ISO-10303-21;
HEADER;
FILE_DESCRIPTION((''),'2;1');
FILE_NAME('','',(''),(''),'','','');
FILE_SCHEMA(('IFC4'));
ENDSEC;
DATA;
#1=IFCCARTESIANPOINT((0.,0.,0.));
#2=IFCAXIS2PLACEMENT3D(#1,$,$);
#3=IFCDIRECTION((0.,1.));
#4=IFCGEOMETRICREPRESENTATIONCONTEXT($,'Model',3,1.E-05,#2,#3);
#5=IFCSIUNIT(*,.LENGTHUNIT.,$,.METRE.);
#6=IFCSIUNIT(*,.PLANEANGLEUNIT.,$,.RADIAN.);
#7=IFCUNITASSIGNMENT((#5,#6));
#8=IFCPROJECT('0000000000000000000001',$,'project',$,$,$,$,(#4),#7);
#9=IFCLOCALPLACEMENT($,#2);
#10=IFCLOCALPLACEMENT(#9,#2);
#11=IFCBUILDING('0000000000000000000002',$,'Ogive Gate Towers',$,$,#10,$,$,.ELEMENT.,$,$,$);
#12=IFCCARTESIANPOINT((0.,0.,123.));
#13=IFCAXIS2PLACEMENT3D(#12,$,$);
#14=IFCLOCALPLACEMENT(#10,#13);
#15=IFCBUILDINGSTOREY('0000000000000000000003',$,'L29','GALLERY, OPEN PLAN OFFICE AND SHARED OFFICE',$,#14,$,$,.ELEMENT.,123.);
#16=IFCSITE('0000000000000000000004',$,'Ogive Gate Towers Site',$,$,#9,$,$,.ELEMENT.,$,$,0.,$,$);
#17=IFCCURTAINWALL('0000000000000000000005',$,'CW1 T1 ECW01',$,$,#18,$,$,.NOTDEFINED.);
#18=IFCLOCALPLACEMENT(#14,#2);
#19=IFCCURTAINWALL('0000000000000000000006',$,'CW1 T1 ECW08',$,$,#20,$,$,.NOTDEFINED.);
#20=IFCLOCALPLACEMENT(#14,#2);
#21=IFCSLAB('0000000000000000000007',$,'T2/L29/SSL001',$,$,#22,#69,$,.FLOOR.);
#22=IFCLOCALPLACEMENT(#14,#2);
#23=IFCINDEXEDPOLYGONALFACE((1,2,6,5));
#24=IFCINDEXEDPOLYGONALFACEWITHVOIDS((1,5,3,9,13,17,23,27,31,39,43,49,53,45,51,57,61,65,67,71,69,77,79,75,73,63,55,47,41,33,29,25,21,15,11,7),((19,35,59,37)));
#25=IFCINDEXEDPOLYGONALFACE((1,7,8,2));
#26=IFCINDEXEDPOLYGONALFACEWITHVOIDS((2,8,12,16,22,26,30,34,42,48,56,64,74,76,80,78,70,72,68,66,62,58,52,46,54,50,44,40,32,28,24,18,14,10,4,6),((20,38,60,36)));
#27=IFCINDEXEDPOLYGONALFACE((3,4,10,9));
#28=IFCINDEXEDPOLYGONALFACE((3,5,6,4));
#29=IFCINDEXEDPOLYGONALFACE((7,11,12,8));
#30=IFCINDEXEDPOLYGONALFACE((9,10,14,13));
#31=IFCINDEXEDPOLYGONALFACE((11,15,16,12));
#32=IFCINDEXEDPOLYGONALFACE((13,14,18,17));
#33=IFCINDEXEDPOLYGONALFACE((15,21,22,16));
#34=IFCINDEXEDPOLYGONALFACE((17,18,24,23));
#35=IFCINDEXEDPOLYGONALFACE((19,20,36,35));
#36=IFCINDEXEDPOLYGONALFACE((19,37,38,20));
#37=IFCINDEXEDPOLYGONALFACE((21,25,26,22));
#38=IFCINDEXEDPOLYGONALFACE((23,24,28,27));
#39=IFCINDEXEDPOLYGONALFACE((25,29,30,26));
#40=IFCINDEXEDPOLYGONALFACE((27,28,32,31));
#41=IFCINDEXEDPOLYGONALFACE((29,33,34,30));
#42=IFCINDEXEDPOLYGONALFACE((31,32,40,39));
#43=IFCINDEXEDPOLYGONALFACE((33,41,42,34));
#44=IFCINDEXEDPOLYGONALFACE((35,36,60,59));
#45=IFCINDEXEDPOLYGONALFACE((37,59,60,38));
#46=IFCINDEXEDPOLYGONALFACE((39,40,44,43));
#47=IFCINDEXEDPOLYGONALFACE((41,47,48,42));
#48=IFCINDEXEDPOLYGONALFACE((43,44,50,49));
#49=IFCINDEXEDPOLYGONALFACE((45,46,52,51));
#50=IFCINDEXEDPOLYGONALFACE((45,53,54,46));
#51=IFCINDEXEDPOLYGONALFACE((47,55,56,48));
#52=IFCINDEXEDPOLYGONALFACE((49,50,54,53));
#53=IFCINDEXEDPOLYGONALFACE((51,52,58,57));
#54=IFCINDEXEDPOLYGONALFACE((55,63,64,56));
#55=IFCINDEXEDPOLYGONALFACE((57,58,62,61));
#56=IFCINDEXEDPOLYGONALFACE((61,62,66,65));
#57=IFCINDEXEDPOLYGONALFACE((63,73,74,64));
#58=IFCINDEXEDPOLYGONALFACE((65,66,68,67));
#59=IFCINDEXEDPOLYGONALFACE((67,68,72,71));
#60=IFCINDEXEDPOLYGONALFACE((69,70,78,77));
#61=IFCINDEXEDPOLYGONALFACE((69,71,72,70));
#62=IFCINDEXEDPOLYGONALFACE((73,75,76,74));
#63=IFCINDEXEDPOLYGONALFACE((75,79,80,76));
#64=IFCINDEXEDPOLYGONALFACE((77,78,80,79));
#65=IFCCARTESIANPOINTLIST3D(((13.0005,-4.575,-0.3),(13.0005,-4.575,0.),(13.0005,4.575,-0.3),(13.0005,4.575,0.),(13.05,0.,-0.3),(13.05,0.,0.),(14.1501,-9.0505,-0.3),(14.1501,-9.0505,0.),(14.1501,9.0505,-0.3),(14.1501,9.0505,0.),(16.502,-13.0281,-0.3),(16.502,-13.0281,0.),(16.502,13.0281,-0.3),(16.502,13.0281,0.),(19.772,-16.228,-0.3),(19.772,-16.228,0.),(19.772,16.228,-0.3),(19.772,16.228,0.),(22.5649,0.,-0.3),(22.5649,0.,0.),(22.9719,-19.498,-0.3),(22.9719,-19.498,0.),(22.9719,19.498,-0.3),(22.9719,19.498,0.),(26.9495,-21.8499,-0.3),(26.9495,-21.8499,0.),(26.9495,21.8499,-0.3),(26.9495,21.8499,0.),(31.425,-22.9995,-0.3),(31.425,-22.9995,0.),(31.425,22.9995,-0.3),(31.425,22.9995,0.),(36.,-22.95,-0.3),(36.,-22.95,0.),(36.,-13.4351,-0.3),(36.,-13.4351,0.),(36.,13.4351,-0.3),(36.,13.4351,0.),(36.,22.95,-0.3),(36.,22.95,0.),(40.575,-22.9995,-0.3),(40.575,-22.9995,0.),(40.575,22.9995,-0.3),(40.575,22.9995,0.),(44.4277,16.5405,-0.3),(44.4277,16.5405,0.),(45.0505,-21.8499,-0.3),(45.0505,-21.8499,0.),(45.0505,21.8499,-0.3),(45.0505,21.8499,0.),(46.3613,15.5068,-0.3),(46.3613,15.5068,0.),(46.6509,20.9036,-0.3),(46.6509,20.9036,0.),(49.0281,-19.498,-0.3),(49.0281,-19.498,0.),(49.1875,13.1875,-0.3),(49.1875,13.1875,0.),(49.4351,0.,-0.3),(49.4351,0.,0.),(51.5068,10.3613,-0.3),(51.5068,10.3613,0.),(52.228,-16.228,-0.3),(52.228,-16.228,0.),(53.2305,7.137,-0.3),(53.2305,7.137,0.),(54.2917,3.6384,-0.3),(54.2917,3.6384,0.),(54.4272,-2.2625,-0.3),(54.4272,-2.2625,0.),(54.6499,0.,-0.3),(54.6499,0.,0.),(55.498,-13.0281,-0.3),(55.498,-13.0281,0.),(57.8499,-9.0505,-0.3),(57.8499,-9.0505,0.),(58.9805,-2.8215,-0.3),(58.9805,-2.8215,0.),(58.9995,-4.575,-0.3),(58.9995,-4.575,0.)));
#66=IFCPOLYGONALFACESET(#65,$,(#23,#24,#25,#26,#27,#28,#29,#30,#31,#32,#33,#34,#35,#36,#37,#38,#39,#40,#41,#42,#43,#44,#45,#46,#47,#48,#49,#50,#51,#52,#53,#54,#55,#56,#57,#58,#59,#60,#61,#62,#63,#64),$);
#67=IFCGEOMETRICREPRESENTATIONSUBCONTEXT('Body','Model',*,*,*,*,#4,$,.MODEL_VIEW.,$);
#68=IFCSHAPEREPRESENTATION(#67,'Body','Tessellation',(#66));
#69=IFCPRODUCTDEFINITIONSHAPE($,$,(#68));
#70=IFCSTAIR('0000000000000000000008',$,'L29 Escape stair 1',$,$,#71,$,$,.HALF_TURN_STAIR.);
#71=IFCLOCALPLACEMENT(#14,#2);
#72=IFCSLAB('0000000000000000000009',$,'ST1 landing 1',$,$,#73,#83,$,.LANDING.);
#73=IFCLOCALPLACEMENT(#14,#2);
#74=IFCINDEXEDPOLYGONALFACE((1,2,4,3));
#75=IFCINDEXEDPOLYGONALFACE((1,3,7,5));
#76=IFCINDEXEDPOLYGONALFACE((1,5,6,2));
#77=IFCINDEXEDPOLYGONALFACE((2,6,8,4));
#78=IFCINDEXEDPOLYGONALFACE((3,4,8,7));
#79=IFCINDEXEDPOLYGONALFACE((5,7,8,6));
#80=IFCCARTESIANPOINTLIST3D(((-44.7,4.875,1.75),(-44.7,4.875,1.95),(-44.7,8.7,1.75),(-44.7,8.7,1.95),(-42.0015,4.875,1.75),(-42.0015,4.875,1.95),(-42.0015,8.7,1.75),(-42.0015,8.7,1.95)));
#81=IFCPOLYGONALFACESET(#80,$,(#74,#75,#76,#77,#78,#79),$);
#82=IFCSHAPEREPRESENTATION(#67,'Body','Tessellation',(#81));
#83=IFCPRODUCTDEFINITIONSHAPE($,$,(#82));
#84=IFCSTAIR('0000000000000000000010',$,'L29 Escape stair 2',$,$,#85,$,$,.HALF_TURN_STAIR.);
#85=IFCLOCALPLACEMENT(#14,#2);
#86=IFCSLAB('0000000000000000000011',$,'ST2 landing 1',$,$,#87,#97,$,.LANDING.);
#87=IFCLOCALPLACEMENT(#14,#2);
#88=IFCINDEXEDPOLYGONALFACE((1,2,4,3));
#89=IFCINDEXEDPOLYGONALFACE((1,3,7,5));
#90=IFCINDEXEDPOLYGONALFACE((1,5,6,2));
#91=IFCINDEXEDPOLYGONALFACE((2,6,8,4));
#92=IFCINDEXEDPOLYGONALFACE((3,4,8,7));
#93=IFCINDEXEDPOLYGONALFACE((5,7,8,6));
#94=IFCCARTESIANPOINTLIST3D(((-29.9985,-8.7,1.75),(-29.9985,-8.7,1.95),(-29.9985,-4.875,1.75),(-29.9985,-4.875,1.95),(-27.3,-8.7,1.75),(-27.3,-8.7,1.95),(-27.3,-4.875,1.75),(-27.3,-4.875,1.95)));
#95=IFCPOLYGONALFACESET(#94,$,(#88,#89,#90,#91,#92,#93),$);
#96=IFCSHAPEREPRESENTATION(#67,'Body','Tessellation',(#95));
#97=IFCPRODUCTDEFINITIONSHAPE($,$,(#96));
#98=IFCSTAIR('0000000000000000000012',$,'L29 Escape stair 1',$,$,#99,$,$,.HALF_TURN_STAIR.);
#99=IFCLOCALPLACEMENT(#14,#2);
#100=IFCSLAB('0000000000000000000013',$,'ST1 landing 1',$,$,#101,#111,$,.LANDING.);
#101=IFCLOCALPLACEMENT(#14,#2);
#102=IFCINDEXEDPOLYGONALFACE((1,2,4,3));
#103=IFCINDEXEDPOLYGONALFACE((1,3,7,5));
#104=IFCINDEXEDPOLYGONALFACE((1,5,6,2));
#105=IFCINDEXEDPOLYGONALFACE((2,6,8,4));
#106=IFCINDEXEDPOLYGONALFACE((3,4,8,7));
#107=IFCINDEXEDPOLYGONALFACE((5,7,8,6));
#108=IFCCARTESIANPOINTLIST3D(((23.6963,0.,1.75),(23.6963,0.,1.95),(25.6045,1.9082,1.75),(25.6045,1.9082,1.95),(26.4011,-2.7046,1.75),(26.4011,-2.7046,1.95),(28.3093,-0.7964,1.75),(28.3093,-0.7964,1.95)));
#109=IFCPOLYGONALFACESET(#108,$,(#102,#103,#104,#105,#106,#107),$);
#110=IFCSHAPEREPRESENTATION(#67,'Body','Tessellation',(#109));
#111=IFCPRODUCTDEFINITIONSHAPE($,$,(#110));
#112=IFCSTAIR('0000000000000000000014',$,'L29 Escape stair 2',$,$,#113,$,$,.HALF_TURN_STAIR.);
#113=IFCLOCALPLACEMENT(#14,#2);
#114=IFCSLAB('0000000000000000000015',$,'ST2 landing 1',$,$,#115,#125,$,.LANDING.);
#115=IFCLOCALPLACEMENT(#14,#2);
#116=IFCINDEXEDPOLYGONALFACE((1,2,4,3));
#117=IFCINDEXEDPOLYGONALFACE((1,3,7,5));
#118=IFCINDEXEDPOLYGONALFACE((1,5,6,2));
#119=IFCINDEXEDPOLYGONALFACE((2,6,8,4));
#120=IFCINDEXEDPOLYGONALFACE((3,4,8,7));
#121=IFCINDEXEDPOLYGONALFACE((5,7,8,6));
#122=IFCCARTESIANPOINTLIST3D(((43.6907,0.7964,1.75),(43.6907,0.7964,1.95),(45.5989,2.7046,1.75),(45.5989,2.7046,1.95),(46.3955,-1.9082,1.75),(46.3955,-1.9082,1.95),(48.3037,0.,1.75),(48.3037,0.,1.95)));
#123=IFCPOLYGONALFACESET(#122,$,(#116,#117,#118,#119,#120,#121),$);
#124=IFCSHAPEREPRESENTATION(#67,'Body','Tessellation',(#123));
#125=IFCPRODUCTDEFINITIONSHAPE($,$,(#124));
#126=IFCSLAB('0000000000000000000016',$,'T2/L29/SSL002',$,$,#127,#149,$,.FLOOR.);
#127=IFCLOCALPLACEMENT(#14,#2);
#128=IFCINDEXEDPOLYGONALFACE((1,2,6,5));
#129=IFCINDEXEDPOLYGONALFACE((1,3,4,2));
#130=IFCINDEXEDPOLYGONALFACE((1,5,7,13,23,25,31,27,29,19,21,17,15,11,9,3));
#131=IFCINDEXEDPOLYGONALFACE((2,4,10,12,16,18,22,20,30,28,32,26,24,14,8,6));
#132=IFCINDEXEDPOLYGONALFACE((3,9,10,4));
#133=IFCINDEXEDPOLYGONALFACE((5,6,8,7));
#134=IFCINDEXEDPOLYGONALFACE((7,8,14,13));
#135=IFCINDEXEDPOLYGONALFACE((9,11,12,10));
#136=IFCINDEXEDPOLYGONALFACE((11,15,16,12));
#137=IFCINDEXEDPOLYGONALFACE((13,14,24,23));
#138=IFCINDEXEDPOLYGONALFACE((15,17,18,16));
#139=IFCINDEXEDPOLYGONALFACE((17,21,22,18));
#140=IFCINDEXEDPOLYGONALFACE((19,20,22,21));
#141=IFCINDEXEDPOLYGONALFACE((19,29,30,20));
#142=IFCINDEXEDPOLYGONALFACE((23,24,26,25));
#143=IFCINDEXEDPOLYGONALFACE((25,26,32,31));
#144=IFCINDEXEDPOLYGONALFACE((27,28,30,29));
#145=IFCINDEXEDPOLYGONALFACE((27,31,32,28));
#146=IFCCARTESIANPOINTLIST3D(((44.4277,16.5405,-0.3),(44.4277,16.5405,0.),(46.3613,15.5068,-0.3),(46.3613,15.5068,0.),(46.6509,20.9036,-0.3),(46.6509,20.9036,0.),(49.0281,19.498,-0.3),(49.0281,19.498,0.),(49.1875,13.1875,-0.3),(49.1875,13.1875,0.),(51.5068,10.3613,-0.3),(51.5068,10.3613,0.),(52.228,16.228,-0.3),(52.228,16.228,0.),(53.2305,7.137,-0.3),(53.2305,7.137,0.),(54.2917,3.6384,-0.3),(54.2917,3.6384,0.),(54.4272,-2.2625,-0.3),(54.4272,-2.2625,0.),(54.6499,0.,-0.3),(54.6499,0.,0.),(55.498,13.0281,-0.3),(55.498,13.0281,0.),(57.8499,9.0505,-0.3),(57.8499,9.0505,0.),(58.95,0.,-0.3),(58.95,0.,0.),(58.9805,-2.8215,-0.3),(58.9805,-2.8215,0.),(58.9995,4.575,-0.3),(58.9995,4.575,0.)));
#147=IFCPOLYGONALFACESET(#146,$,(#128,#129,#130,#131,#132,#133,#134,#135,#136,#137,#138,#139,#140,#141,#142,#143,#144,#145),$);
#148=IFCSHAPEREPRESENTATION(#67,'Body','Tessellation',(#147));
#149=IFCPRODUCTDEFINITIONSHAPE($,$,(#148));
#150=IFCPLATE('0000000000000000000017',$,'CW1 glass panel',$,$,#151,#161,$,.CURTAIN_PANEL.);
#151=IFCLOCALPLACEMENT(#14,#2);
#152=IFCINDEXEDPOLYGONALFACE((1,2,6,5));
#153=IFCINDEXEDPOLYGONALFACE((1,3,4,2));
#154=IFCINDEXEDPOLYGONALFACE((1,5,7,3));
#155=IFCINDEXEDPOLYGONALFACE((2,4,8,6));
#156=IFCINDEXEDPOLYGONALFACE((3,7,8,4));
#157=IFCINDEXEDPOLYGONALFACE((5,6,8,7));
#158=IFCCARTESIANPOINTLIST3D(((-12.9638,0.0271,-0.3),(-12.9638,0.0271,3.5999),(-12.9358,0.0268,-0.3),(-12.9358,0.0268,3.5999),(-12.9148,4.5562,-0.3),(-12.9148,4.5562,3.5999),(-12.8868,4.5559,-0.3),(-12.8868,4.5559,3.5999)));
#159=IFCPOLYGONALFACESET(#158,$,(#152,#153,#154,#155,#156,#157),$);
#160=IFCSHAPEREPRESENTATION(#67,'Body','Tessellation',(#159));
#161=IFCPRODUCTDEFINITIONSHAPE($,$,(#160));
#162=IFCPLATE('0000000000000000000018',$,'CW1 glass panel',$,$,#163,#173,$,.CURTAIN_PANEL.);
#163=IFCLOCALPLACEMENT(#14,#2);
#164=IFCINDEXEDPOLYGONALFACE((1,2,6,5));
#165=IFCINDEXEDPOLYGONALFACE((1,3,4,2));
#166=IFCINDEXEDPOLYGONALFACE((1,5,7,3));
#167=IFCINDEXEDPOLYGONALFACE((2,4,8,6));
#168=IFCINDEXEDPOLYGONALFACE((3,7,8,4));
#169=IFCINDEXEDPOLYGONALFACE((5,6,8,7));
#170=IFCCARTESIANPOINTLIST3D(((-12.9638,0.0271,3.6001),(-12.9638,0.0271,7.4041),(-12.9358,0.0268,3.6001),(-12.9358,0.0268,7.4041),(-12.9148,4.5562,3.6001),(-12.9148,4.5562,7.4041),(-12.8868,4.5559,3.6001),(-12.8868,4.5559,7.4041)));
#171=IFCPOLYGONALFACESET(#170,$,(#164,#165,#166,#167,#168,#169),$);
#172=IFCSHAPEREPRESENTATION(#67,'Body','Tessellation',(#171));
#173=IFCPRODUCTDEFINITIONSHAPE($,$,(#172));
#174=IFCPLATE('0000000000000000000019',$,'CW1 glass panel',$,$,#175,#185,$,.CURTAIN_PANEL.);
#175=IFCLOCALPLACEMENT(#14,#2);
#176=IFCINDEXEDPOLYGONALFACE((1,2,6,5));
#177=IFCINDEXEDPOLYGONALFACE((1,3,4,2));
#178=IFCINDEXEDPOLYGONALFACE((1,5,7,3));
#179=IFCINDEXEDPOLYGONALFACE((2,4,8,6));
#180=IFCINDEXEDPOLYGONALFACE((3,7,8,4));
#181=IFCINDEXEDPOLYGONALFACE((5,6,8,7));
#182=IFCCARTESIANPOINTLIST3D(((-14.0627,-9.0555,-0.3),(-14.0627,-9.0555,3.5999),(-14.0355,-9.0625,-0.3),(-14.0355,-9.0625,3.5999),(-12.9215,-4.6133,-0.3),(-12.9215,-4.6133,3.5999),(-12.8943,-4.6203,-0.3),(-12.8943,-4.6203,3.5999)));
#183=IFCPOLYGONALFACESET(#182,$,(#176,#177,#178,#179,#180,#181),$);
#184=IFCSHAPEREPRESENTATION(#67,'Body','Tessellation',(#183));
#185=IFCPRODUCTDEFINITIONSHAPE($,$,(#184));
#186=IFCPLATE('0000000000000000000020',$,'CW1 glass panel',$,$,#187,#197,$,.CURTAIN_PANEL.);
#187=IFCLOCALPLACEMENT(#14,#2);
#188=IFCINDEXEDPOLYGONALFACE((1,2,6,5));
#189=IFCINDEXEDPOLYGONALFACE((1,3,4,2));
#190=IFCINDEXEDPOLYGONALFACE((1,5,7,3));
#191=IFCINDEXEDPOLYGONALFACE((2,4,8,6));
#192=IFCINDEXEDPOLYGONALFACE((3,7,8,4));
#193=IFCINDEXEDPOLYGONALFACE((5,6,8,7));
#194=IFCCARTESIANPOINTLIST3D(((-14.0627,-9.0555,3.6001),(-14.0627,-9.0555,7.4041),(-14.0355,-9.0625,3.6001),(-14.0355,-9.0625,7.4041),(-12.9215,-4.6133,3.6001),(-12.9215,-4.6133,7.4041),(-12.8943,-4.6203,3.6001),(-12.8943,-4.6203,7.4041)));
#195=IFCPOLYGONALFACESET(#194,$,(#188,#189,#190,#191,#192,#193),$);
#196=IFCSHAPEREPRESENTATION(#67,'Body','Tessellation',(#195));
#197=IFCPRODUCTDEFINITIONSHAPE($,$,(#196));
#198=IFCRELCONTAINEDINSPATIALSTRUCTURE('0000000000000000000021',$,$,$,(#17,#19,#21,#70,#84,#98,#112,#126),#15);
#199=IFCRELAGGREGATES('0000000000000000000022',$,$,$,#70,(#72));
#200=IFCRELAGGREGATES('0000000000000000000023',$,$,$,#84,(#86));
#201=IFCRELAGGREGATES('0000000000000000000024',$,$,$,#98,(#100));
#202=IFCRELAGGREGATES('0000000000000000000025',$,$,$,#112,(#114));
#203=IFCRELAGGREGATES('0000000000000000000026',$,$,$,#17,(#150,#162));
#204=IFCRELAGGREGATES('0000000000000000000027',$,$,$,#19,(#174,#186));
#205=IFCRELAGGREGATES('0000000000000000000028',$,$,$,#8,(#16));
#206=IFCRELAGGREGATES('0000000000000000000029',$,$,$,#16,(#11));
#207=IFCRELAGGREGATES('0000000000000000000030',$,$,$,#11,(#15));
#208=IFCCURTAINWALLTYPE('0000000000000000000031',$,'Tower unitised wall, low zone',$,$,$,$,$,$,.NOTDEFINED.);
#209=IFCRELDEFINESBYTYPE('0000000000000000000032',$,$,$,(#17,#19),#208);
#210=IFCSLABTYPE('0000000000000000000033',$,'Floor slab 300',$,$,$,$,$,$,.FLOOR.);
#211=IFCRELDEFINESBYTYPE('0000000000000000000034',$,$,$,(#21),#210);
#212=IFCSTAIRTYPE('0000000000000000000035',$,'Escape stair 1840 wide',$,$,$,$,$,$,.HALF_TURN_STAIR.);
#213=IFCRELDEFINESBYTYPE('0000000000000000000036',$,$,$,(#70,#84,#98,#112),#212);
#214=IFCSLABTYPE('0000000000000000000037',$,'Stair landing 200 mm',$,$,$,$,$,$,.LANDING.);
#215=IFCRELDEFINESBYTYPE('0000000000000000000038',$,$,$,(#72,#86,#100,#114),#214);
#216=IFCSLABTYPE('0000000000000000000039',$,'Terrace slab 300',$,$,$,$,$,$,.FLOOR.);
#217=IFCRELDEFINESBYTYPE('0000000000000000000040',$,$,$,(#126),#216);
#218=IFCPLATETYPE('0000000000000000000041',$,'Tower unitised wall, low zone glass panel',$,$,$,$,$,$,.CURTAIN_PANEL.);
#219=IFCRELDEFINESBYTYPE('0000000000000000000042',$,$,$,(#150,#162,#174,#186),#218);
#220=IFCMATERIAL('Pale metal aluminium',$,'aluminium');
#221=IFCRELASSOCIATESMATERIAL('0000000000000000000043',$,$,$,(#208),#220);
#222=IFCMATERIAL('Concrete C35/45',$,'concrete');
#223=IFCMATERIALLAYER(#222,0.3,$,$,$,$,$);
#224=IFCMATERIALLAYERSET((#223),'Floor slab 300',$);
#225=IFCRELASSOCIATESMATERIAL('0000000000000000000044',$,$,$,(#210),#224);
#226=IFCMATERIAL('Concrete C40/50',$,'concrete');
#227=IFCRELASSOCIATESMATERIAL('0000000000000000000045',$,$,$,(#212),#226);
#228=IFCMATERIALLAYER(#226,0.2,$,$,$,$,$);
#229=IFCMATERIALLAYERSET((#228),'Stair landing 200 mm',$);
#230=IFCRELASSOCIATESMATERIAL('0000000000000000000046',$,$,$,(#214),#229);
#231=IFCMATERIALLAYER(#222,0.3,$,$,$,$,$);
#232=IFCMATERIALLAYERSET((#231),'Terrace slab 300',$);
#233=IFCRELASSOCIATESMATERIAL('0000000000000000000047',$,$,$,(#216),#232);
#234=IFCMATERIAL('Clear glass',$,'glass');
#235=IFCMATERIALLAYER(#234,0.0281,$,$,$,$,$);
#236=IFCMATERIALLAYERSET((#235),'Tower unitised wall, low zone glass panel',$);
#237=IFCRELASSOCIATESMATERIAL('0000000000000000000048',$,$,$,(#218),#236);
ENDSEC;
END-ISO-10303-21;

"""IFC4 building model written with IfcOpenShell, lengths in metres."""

from ifc_helpers import new_model, si_unit, direction, frame, origin, origin_2d, place, context, subcontext, project, spatial, polyline, rectangle, outline, extrude, material, layer, layer_set, type_object, element, aggregate, save


model = new_model("IFC4")

# Units and contexts
model_context = context("Model", 3, precision=1e-05, world=origin(), true_north=direction((0.0, 1.0)))
body_context = subcontext(model_context, "Body", "Model", "MODEL_VIEW")
ifc_project = project(units=[si_unit("LENGTHUNIT", "METRE"), si_unit("PLANEANGLEUNIT", "RADIAN")], contexts=[model_context])

# Site, building, storey
site_placement = place(None, origin())
site = spatial("IfcSite", under=ifc_project, at=site_placement, Name="Ogive Gate Towers Site", CompositionType="ELEMENT", RefElevation=0.0)
building_placement = place(site_placement, origin())
building = spatial("IfcBuilding", under=site, at=building_placement, Name="Ogive Gate Towers", CompositionType="ELEMENT")
storey_placement = place(building_placement, frame((0.0, 0.0, 123.0)))
storey = spatial("IfcBuildingStorey", under=building, at=storey_placement, Name="L29", Description="GALLERY, OPEN PLAN OFFICE AND SHARED OFFICE", CompositionType="ELEMENT", Elevation=123.0)

# Curtain wall
ifc_material_1 = material(Name="Pale metal aluminium", Category="aluminium")
curtain_wall_type = type_object("IfcCurtainWallType", Name="Tower unitised wall, low zone", PredefinedType="NOTDEFINED", material=ifc_material_1)
curtain_wall_1_placement = place(storey_placement, origin())
curtain_wall_1 = element("IfcCurtainWall", 1, at=curtain_wall_1_placement, inside=storey, type_object=curtain_wall_type, Name="CW1 T1 ECW01", PredefinedType="NOTDEFINED")

# Curtain wall
curtain_wall_2_placement = place(storey_placement, origin())
curtain_wall_2 = element("IfcCurtainWall", 2, at=curtain_wall_2_placement, inside=storey, type_object=curtain_wall_type, Name="CW1 T1 ECW08", PredefinedType="NOTDEFINED")

# Slab
ifc_material_2 = material(Name="Concrete C40/50", Category="concrete")
ifc_material_3 = material(Name="Concrete C35/45", Category="concrete")
ifc_layer_1 = layer(ifc_material_3, 0.3)
ifc_layer_set_1 = layer_set([ifc_layer_1], Name="Floor slab 300")
slab_type_1 = type_object("IfcSlabType", Name="Floor slab 300", PredefinedType="FLOOR", material=ifc_layer_set_1)
slab_1_placement = place(storey_placement, frame((0.0, 0.0, -0.3)))
element("IfcSlab", 3, at=slab_1_placement, inside=storey, type_object=slab_type_1, Name="T2/L29/SSL001", PredefinedType="FLOOR", context=body_context, shape_type="SweptSolid", body=[
    extrude(outline(polyline([(57.8499, -9.0505), (58.9995, -4.575), (58.9805, -2.8215), (54.4272, -2.2625), (54.6499, 0.0), (54.2917, 3.6384), (53.2305, 7.137), (51.5068, 10.3613), (49.1875, 13.1875), (46.3613, 15.5068), (44.4277, 16.5405), (46.6509, 20.9036), (45.0505, 21.8499), (40.575, 22.9995), (36.0, 22.95), (31.425, 22.9995), (26.9495, 21.8499), (22.9719, 19.498), (19.772, 16.228), (16.502, 13.0281), (14.1501, 9.0505), (13.0005, 4.575), (13.05, 0.0), (13.0005, -4.575), (14.1501, -9.0505), (16.502, -13.0281), (19.772, -16.228), (22.9719, -19.498), (26.9495, -21.8499), (31.425, -22.9995), (36.0, -22.95), (40.575, -22.9995), (45.0505, -21.8499), (49.0281, -19.498), (52.228, -16.228), (55.498, -13.0281), (57.8499, -9.0505)]), holes=[polyline([(49.4351, 0.0), (36.0, -13.4351), (22.5649, 0.0), (36.0, 13.4351), (49.4351, 0.0)])]), origin(), (0.0, 0.0, 1.0), 0.3),
])

# Stairs, slabs
stair_type = type_object("IfcStairType", Name="Escape stair 1840 wide", PredefinedType="HALF_TURN_STAIR", material=ifc_material_2)
stair_1_placement = place(storey_placement, origin())
stair_1 = element("IfcStair", 4, at=stair_1_placement, inside=storey, type_object=stair_type, Name="L29 Escape stair 1", PredefinedType="HALF_TURN_STAIR")
ifc_layer_2 = layer(ifc_material_2, 0.2)
ifc_layer_set_2 = layer_set([ifc_layer_2], Name="Stair landing 200 mm")
slab_type_2 = type_object("IfcSlabType", Name="Stair landing 200 mm", PredefinedType="LANDING", material=ifc_layer_set_2)
slab_2_placement = place(storey_placement, frame((0.0, 0.0, 1.75)))
slab_2 = element("IfcSlab", 5, at=slab_2_placement, type_object=slab_type_2, Name="ST1 landing 1", PredefinedType="LANDING", context=body_context, shape_type="SweptSolid", body=[
    extrude(outline(polyline([(-42.0015, 8.7), (-44.7, 8.7), (-44.7, 4.875), (-42.0015, 4.875), (-42.0015, 8.7)])), origin(), (0.0, 0.0, 1.0), 0.2),
])
aggregate(stair_1, [slab_2])
stair_2_placement = place(storey_placement, origin())
stair_2 = element("IfcStair", 6, at=stair_2_placement, inside=storey, type_object=stair_type, Name="L29 Escape stair 2", PredefinedType="HALF_TURN_STAIR")
slab_3_placement = place(storey_placement, frame((0.0, 0.0, 1.75)))
slab_3 = element("IfcSlab", 7, at=slab_3_placement, type_object=slab_type_2, Name="ST2 landing 1", PredefinedType="LANDING", context=body_context, shape_type="SweptSolid", body=[
    extrude(outline(polyline([(-29.9985, -8.7), (-27.3, -8.7), (-27.3, -4.875), (-29.9985, -4.875), (-29.9985, -8.7)])), origin(), (0.0, 0.0, 1.0), 0.2),
])
aggregate(stair_2, [slab_3])
stair_3_placement = place(storey_placement, origin())
stair_3 = element("IfcStair", 8, at=stair_3_placement, inside=storey, type_object=stair_type, Name="L29 Escape stair 1", PredefinedType="HALF_TURN_STAIR")
slab_4_placement = place(storey_placement, frame((0.0, 0.0, 1.75)))
slab_4 = element("IfcSlab", 9, at=slab_4_placement, type_object=slab_type_2, Name="ST1 landing 1", PredefinedType="LANDING", context=body_context, shape_type="SweptSolid", body=[
    extrude(outline(polyline([(25.6045, 1.9082), (23.6963, 0.0), (26.4011, -2.7046), (28.3093, -0.7964), (25.6045, 1.9082)])), origin(), (0.0, 0.0, 1.0), 0.2),
])
aggregate(stair_3, [slab_4])
stair_4_placement = place(storey_placement, origin())
stair_4 = element("IfcStair", 10, at=stair_4_placement, inside=storey, type_object=stair_type, Name="L29 Escape stair 2", PredefinedType="HALF_TURN_STAIR")
slab_5_placement = place(storey_placement, frame((0.0, 0.0, 1.75)))
slab_5 = element("IfcSlab", 11, at=slab_5_placement, type_object=slab_type_2, Name="ST2 landing 1", PredefinedType="LANDING", context=body_context, shape_type="SweptSolid", body=[
    extrude(outline(polyline([(46.3955, -1.9082), (48.3037, 0.0), (45.5989, 2.7046), (43.6907, 0.7964), (46.3955, -1.9082)])), origin(), (0.0, 0.0, 1.0), 0.2),
])
aggregate(stair_4, [slab_5])

# Slab
ifc_layer_3 = layer(ifc_material_3, 0.3)
ifc_layer_set_3 = layer_set([ifc_layer_3], Name="Terrace slab 300")
slab_type_3 = type_object("IfcSlabType", Name="Terrace slab 300", PredefinedType="FLOOR", material=ifc_layer_set_3)
slab_6_placement = place(storey_placement, frame((0.0, 0.0, -0.3)))
element("IfcSlab", 12, at=slab_6_placement, inside=storey, type_object=slab_type_3, Name="T2/L29/SSL002", PredefinedType="FLOOR", context=body_context, shape_type="SweptSolid", body=[
    extrude(outline(polyline([(54.4272, -2.2625), (58.9805, -2.8215), (58.95, 0.0), (58.9995, 4.575), (57.8499, 9.0505), (55.498, 13.0281), (52.228, 16.228), (49.0281, 19.498), (46.6509, 20.9036), (44.4277, 16.5405), (46.3613, 15.5068), (49.1875, 13.1875), (51.5068, 10.3613), (53.2305, 7.137), (54.2917, 3.6384), (54.6499, 0.0), (54.4272, -2.2625)])), origin(), (0.0, 0.0, 1.0), 0.3),
])

# Plates
ifc_material_4 = material(Name="Clear glass", Category="glass")
ifc_layer_4 = layer(ifc_material_4, 0.0281)
ifc_layer_set_4 = layer_set([ifc_layer_4], Name="Tower unitised wall, low zone glass panel")
plate_type = type_object("IfcPlateType", Name="Tower unitised wall, low zone glass panel", PredefinedType="CURTAIN_PANEL", material=ifc_layer_set_4)
plate_1_placement = place(storey_placement, frame((-12.9253, 2.2915, -0.3), z_axis=(0.0, 0.0, 1.0), x_axis=(0.010821, 0.999941, 0.0)))
plate_1 = element("IfcPlate", 13, at=plate_1_placement, type_object=plate_type, Name="CW1 glass panel", PredefinedType="CURTAIN_PANEL", context=body_context, shape_type="SweptSolid", body=[
    extrude(rectangle(XDim=4.5293, YDim=0.0281, at=origin_2d()), origin(), (0.0, 0.0, 1.0), 3.8999),
])
plate_2_placement = place(storey_placement, frame((-12.9253, 2.2915, 3.6001), z_axis=(0.0, 0.0, 1.0), x_axis=(0.010821, 0.999941, 0.0)))
plate_2 = element("IfcPlate", 14, at=plate_2_placement, type_object=plate_type, Name="CW1 glass panel", PredefinedType="CURTAIN_PANEL", context=body_context, shape_type="SweptSolid", body=[
    extrude(rectangle(XDim=4.5293, YDim=0.0281, at=origin_2d()), origin(), (0.0, 0.0, 1.0), 3.804),
])
aggregate(curtain_wall_1, [plate_1, plate_2])
plate_3_placement = place(storey_placement, frame((-13.4785, -6.8379, -0.3), z_axis=(0.0, 0.0, 1.0), x_axis=(0.248808, 0.968553, 0.0)))
plate_3 = element("IfcPlate", 15, at=plate_3_placement, type_object=plate_type, Name="CW1 glass panel", PredefinedType="CURTAIN_PANEL", context=body_context, shape_type="SweptSolid", body=[
    extrude(rectangle(XDim=4.5864, YDim=0.0281, at=origin_2d()), origin(), (0.0, 0.0, 1.0), 3.8999),
])
plate_4_placement = place(storey_placement, frame((-13.4785, -6.8379, 3.6001), z_axis=(0.0, 0.0, 1.0), x_axis=(0.248808, 0.968553, 0.0)))
plate_4 = element("IfcPlate", 16, at=plate_4_placement, type_object=plate_type, Name="CW1 glass panel", PredefinedType="CURTAIN_PANEL", context=body_context, shape_type="SweptSolid", body=[
    extrude(rectangle(XDim=4.5864, YDim=0.0281, at=origin_2d()), origin(), (0.0, 0.0, 1.0), 3.804),
])
aggregate(curtain_wall_2, [plate_3, plate_4])

save(model, "model.ifc")
